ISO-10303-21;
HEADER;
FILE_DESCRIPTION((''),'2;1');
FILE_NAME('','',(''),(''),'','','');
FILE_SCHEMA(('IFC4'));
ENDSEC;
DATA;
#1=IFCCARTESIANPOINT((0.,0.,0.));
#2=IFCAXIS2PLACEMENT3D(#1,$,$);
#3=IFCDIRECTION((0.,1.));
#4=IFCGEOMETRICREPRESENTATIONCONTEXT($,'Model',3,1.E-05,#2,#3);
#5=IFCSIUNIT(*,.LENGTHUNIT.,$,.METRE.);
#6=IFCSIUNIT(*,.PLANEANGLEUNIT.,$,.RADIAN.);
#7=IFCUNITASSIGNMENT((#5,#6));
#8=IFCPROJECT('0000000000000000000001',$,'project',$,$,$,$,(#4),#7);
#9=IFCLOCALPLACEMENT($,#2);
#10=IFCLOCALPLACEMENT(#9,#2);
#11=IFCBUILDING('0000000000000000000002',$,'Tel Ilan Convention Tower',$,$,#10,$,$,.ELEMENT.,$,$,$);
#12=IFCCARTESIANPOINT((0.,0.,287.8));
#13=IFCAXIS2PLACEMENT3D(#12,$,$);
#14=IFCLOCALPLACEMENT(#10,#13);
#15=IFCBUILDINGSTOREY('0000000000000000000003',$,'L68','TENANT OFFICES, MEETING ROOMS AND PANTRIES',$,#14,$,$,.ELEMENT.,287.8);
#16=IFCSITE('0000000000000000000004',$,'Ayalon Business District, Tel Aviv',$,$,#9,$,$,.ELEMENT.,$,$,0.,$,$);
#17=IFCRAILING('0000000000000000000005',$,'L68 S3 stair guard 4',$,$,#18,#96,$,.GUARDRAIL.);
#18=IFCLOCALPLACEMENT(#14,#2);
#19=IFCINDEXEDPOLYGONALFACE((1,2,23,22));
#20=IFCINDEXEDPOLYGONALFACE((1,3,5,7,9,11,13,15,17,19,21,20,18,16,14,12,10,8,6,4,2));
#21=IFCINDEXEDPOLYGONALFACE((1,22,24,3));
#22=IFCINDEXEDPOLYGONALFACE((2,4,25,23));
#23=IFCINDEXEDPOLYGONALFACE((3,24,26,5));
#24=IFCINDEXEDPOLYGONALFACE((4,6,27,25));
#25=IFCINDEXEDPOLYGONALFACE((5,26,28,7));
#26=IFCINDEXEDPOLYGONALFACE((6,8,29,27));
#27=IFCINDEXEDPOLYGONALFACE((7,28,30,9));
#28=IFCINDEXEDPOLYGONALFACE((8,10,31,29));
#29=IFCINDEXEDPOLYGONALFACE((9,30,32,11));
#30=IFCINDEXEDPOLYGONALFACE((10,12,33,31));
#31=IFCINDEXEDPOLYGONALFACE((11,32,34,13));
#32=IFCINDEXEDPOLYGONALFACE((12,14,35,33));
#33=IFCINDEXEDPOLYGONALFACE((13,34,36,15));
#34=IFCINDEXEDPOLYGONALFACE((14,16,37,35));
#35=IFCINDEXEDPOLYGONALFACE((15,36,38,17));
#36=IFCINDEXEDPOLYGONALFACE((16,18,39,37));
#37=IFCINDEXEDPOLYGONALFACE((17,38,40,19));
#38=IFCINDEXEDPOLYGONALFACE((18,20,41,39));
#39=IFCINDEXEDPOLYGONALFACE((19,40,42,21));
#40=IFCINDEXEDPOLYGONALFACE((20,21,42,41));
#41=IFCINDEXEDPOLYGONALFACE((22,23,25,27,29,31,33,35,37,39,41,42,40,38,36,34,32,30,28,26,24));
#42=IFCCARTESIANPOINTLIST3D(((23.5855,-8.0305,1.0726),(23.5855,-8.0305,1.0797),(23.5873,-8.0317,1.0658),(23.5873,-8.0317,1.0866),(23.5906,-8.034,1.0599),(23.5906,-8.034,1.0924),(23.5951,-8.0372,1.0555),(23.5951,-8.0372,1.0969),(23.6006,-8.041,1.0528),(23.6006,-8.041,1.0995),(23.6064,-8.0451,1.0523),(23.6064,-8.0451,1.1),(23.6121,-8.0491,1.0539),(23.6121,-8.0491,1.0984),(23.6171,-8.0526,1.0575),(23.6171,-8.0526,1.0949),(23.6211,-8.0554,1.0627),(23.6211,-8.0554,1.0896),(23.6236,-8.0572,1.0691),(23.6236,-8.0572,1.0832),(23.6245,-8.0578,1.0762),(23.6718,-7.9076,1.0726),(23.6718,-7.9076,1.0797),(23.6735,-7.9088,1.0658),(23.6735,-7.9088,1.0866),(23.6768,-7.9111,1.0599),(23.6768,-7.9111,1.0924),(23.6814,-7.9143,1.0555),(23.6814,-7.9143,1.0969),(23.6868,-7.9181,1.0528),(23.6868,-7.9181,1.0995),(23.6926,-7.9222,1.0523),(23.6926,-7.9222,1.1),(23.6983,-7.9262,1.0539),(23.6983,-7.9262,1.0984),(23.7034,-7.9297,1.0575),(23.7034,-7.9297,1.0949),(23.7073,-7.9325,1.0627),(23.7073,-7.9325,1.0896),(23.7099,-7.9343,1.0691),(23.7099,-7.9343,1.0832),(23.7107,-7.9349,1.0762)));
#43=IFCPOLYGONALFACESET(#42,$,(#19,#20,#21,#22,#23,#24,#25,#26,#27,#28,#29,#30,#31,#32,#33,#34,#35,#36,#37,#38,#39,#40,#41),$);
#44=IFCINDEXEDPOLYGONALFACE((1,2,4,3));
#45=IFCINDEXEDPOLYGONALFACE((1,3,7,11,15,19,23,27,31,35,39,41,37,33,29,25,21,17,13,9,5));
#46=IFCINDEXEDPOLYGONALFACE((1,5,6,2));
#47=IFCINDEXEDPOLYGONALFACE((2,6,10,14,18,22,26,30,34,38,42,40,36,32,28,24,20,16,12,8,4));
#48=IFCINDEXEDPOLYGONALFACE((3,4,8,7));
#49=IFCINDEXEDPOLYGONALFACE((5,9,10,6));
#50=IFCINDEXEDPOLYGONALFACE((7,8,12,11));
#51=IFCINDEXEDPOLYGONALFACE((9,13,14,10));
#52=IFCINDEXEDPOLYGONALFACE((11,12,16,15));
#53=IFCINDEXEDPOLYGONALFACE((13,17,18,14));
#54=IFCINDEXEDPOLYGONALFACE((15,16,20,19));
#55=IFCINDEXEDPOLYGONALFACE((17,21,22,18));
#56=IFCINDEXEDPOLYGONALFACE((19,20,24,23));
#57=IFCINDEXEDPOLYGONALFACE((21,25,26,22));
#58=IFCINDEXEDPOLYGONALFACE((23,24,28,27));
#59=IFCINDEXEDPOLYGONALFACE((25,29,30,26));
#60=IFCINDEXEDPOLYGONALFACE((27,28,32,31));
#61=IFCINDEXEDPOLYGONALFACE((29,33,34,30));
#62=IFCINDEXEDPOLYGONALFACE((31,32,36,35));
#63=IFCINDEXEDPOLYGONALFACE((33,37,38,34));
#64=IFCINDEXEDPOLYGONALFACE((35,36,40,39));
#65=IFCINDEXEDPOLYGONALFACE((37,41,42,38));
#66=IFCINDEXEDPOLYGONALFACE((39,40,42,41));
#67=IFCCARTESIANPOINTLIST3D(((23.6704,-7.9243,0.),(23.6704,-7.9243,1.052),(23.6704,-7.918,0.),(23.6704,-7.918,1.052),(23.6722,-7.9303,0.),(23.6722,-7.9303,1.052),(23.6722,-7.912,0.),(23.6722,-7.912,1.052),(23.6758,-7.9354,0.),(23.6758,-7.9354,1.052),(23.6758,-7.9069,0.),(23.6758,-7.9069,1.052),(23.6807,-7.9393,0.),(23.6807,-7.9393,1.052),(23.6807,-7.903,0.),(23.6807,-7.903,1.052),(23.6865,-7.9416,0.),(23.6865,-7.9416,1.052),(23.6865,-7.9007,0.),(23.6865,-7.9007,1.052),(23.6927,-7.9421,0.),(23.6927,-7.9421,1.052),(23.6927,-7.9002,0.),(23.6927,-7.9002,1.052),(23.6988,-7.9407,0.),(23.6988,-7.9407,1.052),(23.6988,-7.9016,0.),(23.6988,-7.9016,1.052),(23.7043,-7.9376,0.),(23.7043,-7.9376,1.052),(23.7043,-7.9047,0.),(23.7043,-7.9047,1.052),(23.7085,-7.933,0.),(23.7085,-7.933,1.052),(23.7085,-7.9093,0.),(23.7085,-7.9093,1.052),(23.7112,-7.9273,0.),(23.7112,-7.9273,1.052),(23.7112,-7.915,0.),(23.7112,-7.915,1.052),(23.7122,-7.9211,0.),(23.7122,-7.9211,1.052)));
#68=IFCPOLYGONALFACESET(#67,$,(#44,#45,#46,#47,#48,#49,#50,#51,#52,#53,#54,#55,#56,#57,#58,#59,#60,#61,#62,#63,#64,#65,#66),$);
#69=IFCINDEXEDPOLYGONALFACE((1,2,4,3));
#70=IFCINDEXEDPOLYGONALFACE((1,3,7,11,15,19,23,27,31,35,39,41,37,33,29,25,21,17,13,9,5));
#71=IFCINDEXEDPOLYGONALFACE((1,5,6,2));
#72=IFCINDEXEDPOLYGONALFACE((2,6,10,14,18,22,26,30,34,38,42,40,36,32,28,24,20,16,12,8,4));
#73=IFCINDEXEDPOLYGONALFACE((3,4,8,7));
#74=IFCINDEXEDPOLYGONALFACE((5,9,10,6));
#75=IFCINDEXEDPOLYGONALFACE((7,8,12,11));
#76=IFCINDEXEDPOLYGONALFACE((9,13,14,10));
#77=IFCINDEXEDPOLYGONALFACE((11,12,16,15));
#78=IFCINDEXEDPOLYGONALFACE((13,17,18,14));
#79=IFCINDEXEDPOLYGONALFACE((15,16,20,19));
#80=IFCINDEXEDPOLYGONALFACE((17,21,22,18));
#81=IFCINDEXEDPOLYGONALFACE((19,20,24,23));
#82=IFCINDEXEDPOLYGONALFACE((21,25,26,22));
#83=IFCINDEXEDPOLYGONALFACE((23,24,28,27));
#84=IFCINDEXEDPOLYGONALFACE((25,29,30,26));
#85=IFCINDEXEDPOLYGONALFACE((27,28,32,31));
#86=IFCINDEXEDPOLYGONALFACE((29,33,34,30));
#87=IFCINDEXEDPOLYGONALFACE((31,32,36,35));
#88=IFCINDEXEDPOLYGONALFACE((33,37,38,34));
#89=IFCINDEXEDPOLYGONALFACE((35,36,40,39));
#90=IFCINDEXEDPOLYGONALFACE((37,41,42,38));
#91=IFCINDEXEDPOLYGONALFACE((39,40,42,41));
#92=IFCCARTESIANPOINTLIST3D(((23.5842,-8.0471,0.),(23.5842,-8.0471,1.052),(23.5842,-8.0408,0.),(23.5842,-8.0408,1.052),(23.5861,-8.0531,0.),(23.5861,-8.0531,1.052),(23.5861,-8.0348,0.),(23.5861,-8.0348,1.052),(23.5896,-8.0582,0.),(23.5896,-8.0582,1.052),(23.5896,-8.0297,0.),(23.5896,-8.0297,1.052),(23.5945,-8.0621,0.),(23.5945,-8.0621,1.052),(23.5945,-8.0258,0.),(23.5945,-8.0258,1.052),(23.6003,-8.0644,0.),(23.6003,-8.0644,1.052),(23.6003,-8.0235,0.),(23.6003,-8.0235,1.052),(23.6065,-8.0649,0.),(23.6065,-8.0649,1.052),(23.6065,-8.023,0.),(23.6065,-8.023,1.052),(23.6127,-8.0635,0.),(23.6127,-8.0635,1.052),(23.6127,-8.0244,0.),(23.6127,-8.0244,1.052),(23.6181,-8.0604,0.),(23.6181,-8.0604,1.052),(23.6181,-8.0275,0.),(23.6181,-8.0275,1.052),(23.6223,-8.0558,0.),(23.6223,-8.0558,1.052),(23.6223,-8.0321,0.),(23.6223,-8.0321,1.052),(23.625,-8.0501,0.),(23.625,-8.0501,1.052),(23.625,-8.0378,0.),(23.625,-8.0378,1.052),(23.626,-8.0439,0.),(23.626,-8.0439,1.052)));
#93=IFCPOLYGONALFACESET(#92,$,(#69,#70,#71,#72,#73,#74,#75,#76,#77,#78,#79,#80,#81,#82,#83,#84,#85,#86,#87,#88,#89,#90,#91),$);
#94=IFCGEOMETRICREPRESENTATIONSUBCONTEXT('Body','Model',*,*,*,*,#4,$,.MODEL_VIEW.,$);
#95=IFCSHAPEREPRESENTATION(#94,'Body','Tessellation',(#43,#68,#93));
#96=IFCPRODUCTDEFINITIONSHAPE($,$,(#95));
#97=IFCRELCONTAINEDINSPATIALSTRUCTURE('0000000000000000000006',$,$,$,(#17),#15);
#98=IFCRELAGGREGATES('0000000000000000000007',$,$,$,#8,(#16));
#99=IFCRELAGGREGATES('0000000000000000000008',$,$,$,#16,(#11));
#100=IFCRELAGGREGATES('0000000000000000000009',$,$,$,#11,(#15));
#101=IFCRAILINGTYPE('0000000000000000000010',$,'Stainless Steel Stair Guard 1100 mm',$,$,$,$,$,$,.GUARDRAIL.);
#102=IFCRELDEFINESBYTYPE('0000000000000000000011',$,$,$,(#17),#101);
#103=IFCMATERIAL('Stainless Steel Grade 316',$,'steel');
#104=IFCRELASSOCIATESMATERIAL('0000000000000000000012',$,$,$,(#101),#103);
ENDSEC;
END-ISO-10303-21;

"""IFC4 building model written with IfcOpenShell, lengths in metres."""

from ifc_helpers import new_model, si_unit, direction, frame, origin, origin_2d, place, context, subcontext, project, spatial, circle, extrude, material, type_object, element, save


model = new_model("IFC4")

# Units and contexts
model_context = context("Model", 3, precision=1e-05, world=origin(), true_north=direction((0.0, 1.0)))
body_context = subcontext(model_context, "Body", "Model", "MODEL_VIEW")
ifc_project = project(units=[si_unit("LENGTHUNIT", "METRE"), si_unit("PLANEANGLEUNIT", "RADIAN")], contexts=[model_context])

# Site, building, storey
site_placement = place(None, origin())
site = spatial("IfcSite", under=ifc_project, at=site_placement, Name="Ayalon Business District, Tel Aviv", CompositionType="ELEMENT", RefElevation=0.0)
building_placement = place(site_placement, origin())
building = spatial("IfcBuilding", under=site, at=building_placement, Name="Tel Ilan Convention Tower", CompositionType="ELEMENT")
storey_placement = place(building_placement, frame((0.0, 0.0, 287.8)))
storey = spatial("IfcBuildingStorey", under=building, at=storey_placement, Name="L68", Description="TENANT OFFICES, MEETING ROOMS AND PANTRIES", CompositionType="ELEMENT", Elevation=287.8)

# Railing
ifc_material_1 = material(Name="Stainless Steel Grade 316", Category="steel")
railing_type_1 = type_object("IfcRailingType", Name="Stainless Steel Stair Guard 1100 mm", PredefinedType="GUARDRAIL", material=ifc_material_1)
railing_1_placement = place(storey_placement, frame((23.6912, -7.9211, 0.0)))
element("IfcRailing", 1, at=railing_1_placement, inside=storey, type_object=railing_type_1, Name="L68 S3 stair guard 4", PredefinedType="GUARDRAIL", context=body_context, shape_type="SweptSolid", body=[
    extrude(circle(Radius=0.0239, at=origin_2d()), frame((0.0, 0.0, 1.0762), z_axis=(-0.574445, -0.818543, 0.0), x_axis=(0.818543, -0.574445, 0.0)), (0.0, 0.0, 1.0), 0.1501),
    extrude(circle(Radius=0.021, at=origin_2d()), origin(), (0.0, 0.0, 1.0), 1.052),
    extrude(circle(Radius=0.021, at=origin_2d()), frame((-0.0862, -0.1228, 0.0)), (0.0, 0.0, 1.0), 1.052),
])

save(model, "model.ifc")
